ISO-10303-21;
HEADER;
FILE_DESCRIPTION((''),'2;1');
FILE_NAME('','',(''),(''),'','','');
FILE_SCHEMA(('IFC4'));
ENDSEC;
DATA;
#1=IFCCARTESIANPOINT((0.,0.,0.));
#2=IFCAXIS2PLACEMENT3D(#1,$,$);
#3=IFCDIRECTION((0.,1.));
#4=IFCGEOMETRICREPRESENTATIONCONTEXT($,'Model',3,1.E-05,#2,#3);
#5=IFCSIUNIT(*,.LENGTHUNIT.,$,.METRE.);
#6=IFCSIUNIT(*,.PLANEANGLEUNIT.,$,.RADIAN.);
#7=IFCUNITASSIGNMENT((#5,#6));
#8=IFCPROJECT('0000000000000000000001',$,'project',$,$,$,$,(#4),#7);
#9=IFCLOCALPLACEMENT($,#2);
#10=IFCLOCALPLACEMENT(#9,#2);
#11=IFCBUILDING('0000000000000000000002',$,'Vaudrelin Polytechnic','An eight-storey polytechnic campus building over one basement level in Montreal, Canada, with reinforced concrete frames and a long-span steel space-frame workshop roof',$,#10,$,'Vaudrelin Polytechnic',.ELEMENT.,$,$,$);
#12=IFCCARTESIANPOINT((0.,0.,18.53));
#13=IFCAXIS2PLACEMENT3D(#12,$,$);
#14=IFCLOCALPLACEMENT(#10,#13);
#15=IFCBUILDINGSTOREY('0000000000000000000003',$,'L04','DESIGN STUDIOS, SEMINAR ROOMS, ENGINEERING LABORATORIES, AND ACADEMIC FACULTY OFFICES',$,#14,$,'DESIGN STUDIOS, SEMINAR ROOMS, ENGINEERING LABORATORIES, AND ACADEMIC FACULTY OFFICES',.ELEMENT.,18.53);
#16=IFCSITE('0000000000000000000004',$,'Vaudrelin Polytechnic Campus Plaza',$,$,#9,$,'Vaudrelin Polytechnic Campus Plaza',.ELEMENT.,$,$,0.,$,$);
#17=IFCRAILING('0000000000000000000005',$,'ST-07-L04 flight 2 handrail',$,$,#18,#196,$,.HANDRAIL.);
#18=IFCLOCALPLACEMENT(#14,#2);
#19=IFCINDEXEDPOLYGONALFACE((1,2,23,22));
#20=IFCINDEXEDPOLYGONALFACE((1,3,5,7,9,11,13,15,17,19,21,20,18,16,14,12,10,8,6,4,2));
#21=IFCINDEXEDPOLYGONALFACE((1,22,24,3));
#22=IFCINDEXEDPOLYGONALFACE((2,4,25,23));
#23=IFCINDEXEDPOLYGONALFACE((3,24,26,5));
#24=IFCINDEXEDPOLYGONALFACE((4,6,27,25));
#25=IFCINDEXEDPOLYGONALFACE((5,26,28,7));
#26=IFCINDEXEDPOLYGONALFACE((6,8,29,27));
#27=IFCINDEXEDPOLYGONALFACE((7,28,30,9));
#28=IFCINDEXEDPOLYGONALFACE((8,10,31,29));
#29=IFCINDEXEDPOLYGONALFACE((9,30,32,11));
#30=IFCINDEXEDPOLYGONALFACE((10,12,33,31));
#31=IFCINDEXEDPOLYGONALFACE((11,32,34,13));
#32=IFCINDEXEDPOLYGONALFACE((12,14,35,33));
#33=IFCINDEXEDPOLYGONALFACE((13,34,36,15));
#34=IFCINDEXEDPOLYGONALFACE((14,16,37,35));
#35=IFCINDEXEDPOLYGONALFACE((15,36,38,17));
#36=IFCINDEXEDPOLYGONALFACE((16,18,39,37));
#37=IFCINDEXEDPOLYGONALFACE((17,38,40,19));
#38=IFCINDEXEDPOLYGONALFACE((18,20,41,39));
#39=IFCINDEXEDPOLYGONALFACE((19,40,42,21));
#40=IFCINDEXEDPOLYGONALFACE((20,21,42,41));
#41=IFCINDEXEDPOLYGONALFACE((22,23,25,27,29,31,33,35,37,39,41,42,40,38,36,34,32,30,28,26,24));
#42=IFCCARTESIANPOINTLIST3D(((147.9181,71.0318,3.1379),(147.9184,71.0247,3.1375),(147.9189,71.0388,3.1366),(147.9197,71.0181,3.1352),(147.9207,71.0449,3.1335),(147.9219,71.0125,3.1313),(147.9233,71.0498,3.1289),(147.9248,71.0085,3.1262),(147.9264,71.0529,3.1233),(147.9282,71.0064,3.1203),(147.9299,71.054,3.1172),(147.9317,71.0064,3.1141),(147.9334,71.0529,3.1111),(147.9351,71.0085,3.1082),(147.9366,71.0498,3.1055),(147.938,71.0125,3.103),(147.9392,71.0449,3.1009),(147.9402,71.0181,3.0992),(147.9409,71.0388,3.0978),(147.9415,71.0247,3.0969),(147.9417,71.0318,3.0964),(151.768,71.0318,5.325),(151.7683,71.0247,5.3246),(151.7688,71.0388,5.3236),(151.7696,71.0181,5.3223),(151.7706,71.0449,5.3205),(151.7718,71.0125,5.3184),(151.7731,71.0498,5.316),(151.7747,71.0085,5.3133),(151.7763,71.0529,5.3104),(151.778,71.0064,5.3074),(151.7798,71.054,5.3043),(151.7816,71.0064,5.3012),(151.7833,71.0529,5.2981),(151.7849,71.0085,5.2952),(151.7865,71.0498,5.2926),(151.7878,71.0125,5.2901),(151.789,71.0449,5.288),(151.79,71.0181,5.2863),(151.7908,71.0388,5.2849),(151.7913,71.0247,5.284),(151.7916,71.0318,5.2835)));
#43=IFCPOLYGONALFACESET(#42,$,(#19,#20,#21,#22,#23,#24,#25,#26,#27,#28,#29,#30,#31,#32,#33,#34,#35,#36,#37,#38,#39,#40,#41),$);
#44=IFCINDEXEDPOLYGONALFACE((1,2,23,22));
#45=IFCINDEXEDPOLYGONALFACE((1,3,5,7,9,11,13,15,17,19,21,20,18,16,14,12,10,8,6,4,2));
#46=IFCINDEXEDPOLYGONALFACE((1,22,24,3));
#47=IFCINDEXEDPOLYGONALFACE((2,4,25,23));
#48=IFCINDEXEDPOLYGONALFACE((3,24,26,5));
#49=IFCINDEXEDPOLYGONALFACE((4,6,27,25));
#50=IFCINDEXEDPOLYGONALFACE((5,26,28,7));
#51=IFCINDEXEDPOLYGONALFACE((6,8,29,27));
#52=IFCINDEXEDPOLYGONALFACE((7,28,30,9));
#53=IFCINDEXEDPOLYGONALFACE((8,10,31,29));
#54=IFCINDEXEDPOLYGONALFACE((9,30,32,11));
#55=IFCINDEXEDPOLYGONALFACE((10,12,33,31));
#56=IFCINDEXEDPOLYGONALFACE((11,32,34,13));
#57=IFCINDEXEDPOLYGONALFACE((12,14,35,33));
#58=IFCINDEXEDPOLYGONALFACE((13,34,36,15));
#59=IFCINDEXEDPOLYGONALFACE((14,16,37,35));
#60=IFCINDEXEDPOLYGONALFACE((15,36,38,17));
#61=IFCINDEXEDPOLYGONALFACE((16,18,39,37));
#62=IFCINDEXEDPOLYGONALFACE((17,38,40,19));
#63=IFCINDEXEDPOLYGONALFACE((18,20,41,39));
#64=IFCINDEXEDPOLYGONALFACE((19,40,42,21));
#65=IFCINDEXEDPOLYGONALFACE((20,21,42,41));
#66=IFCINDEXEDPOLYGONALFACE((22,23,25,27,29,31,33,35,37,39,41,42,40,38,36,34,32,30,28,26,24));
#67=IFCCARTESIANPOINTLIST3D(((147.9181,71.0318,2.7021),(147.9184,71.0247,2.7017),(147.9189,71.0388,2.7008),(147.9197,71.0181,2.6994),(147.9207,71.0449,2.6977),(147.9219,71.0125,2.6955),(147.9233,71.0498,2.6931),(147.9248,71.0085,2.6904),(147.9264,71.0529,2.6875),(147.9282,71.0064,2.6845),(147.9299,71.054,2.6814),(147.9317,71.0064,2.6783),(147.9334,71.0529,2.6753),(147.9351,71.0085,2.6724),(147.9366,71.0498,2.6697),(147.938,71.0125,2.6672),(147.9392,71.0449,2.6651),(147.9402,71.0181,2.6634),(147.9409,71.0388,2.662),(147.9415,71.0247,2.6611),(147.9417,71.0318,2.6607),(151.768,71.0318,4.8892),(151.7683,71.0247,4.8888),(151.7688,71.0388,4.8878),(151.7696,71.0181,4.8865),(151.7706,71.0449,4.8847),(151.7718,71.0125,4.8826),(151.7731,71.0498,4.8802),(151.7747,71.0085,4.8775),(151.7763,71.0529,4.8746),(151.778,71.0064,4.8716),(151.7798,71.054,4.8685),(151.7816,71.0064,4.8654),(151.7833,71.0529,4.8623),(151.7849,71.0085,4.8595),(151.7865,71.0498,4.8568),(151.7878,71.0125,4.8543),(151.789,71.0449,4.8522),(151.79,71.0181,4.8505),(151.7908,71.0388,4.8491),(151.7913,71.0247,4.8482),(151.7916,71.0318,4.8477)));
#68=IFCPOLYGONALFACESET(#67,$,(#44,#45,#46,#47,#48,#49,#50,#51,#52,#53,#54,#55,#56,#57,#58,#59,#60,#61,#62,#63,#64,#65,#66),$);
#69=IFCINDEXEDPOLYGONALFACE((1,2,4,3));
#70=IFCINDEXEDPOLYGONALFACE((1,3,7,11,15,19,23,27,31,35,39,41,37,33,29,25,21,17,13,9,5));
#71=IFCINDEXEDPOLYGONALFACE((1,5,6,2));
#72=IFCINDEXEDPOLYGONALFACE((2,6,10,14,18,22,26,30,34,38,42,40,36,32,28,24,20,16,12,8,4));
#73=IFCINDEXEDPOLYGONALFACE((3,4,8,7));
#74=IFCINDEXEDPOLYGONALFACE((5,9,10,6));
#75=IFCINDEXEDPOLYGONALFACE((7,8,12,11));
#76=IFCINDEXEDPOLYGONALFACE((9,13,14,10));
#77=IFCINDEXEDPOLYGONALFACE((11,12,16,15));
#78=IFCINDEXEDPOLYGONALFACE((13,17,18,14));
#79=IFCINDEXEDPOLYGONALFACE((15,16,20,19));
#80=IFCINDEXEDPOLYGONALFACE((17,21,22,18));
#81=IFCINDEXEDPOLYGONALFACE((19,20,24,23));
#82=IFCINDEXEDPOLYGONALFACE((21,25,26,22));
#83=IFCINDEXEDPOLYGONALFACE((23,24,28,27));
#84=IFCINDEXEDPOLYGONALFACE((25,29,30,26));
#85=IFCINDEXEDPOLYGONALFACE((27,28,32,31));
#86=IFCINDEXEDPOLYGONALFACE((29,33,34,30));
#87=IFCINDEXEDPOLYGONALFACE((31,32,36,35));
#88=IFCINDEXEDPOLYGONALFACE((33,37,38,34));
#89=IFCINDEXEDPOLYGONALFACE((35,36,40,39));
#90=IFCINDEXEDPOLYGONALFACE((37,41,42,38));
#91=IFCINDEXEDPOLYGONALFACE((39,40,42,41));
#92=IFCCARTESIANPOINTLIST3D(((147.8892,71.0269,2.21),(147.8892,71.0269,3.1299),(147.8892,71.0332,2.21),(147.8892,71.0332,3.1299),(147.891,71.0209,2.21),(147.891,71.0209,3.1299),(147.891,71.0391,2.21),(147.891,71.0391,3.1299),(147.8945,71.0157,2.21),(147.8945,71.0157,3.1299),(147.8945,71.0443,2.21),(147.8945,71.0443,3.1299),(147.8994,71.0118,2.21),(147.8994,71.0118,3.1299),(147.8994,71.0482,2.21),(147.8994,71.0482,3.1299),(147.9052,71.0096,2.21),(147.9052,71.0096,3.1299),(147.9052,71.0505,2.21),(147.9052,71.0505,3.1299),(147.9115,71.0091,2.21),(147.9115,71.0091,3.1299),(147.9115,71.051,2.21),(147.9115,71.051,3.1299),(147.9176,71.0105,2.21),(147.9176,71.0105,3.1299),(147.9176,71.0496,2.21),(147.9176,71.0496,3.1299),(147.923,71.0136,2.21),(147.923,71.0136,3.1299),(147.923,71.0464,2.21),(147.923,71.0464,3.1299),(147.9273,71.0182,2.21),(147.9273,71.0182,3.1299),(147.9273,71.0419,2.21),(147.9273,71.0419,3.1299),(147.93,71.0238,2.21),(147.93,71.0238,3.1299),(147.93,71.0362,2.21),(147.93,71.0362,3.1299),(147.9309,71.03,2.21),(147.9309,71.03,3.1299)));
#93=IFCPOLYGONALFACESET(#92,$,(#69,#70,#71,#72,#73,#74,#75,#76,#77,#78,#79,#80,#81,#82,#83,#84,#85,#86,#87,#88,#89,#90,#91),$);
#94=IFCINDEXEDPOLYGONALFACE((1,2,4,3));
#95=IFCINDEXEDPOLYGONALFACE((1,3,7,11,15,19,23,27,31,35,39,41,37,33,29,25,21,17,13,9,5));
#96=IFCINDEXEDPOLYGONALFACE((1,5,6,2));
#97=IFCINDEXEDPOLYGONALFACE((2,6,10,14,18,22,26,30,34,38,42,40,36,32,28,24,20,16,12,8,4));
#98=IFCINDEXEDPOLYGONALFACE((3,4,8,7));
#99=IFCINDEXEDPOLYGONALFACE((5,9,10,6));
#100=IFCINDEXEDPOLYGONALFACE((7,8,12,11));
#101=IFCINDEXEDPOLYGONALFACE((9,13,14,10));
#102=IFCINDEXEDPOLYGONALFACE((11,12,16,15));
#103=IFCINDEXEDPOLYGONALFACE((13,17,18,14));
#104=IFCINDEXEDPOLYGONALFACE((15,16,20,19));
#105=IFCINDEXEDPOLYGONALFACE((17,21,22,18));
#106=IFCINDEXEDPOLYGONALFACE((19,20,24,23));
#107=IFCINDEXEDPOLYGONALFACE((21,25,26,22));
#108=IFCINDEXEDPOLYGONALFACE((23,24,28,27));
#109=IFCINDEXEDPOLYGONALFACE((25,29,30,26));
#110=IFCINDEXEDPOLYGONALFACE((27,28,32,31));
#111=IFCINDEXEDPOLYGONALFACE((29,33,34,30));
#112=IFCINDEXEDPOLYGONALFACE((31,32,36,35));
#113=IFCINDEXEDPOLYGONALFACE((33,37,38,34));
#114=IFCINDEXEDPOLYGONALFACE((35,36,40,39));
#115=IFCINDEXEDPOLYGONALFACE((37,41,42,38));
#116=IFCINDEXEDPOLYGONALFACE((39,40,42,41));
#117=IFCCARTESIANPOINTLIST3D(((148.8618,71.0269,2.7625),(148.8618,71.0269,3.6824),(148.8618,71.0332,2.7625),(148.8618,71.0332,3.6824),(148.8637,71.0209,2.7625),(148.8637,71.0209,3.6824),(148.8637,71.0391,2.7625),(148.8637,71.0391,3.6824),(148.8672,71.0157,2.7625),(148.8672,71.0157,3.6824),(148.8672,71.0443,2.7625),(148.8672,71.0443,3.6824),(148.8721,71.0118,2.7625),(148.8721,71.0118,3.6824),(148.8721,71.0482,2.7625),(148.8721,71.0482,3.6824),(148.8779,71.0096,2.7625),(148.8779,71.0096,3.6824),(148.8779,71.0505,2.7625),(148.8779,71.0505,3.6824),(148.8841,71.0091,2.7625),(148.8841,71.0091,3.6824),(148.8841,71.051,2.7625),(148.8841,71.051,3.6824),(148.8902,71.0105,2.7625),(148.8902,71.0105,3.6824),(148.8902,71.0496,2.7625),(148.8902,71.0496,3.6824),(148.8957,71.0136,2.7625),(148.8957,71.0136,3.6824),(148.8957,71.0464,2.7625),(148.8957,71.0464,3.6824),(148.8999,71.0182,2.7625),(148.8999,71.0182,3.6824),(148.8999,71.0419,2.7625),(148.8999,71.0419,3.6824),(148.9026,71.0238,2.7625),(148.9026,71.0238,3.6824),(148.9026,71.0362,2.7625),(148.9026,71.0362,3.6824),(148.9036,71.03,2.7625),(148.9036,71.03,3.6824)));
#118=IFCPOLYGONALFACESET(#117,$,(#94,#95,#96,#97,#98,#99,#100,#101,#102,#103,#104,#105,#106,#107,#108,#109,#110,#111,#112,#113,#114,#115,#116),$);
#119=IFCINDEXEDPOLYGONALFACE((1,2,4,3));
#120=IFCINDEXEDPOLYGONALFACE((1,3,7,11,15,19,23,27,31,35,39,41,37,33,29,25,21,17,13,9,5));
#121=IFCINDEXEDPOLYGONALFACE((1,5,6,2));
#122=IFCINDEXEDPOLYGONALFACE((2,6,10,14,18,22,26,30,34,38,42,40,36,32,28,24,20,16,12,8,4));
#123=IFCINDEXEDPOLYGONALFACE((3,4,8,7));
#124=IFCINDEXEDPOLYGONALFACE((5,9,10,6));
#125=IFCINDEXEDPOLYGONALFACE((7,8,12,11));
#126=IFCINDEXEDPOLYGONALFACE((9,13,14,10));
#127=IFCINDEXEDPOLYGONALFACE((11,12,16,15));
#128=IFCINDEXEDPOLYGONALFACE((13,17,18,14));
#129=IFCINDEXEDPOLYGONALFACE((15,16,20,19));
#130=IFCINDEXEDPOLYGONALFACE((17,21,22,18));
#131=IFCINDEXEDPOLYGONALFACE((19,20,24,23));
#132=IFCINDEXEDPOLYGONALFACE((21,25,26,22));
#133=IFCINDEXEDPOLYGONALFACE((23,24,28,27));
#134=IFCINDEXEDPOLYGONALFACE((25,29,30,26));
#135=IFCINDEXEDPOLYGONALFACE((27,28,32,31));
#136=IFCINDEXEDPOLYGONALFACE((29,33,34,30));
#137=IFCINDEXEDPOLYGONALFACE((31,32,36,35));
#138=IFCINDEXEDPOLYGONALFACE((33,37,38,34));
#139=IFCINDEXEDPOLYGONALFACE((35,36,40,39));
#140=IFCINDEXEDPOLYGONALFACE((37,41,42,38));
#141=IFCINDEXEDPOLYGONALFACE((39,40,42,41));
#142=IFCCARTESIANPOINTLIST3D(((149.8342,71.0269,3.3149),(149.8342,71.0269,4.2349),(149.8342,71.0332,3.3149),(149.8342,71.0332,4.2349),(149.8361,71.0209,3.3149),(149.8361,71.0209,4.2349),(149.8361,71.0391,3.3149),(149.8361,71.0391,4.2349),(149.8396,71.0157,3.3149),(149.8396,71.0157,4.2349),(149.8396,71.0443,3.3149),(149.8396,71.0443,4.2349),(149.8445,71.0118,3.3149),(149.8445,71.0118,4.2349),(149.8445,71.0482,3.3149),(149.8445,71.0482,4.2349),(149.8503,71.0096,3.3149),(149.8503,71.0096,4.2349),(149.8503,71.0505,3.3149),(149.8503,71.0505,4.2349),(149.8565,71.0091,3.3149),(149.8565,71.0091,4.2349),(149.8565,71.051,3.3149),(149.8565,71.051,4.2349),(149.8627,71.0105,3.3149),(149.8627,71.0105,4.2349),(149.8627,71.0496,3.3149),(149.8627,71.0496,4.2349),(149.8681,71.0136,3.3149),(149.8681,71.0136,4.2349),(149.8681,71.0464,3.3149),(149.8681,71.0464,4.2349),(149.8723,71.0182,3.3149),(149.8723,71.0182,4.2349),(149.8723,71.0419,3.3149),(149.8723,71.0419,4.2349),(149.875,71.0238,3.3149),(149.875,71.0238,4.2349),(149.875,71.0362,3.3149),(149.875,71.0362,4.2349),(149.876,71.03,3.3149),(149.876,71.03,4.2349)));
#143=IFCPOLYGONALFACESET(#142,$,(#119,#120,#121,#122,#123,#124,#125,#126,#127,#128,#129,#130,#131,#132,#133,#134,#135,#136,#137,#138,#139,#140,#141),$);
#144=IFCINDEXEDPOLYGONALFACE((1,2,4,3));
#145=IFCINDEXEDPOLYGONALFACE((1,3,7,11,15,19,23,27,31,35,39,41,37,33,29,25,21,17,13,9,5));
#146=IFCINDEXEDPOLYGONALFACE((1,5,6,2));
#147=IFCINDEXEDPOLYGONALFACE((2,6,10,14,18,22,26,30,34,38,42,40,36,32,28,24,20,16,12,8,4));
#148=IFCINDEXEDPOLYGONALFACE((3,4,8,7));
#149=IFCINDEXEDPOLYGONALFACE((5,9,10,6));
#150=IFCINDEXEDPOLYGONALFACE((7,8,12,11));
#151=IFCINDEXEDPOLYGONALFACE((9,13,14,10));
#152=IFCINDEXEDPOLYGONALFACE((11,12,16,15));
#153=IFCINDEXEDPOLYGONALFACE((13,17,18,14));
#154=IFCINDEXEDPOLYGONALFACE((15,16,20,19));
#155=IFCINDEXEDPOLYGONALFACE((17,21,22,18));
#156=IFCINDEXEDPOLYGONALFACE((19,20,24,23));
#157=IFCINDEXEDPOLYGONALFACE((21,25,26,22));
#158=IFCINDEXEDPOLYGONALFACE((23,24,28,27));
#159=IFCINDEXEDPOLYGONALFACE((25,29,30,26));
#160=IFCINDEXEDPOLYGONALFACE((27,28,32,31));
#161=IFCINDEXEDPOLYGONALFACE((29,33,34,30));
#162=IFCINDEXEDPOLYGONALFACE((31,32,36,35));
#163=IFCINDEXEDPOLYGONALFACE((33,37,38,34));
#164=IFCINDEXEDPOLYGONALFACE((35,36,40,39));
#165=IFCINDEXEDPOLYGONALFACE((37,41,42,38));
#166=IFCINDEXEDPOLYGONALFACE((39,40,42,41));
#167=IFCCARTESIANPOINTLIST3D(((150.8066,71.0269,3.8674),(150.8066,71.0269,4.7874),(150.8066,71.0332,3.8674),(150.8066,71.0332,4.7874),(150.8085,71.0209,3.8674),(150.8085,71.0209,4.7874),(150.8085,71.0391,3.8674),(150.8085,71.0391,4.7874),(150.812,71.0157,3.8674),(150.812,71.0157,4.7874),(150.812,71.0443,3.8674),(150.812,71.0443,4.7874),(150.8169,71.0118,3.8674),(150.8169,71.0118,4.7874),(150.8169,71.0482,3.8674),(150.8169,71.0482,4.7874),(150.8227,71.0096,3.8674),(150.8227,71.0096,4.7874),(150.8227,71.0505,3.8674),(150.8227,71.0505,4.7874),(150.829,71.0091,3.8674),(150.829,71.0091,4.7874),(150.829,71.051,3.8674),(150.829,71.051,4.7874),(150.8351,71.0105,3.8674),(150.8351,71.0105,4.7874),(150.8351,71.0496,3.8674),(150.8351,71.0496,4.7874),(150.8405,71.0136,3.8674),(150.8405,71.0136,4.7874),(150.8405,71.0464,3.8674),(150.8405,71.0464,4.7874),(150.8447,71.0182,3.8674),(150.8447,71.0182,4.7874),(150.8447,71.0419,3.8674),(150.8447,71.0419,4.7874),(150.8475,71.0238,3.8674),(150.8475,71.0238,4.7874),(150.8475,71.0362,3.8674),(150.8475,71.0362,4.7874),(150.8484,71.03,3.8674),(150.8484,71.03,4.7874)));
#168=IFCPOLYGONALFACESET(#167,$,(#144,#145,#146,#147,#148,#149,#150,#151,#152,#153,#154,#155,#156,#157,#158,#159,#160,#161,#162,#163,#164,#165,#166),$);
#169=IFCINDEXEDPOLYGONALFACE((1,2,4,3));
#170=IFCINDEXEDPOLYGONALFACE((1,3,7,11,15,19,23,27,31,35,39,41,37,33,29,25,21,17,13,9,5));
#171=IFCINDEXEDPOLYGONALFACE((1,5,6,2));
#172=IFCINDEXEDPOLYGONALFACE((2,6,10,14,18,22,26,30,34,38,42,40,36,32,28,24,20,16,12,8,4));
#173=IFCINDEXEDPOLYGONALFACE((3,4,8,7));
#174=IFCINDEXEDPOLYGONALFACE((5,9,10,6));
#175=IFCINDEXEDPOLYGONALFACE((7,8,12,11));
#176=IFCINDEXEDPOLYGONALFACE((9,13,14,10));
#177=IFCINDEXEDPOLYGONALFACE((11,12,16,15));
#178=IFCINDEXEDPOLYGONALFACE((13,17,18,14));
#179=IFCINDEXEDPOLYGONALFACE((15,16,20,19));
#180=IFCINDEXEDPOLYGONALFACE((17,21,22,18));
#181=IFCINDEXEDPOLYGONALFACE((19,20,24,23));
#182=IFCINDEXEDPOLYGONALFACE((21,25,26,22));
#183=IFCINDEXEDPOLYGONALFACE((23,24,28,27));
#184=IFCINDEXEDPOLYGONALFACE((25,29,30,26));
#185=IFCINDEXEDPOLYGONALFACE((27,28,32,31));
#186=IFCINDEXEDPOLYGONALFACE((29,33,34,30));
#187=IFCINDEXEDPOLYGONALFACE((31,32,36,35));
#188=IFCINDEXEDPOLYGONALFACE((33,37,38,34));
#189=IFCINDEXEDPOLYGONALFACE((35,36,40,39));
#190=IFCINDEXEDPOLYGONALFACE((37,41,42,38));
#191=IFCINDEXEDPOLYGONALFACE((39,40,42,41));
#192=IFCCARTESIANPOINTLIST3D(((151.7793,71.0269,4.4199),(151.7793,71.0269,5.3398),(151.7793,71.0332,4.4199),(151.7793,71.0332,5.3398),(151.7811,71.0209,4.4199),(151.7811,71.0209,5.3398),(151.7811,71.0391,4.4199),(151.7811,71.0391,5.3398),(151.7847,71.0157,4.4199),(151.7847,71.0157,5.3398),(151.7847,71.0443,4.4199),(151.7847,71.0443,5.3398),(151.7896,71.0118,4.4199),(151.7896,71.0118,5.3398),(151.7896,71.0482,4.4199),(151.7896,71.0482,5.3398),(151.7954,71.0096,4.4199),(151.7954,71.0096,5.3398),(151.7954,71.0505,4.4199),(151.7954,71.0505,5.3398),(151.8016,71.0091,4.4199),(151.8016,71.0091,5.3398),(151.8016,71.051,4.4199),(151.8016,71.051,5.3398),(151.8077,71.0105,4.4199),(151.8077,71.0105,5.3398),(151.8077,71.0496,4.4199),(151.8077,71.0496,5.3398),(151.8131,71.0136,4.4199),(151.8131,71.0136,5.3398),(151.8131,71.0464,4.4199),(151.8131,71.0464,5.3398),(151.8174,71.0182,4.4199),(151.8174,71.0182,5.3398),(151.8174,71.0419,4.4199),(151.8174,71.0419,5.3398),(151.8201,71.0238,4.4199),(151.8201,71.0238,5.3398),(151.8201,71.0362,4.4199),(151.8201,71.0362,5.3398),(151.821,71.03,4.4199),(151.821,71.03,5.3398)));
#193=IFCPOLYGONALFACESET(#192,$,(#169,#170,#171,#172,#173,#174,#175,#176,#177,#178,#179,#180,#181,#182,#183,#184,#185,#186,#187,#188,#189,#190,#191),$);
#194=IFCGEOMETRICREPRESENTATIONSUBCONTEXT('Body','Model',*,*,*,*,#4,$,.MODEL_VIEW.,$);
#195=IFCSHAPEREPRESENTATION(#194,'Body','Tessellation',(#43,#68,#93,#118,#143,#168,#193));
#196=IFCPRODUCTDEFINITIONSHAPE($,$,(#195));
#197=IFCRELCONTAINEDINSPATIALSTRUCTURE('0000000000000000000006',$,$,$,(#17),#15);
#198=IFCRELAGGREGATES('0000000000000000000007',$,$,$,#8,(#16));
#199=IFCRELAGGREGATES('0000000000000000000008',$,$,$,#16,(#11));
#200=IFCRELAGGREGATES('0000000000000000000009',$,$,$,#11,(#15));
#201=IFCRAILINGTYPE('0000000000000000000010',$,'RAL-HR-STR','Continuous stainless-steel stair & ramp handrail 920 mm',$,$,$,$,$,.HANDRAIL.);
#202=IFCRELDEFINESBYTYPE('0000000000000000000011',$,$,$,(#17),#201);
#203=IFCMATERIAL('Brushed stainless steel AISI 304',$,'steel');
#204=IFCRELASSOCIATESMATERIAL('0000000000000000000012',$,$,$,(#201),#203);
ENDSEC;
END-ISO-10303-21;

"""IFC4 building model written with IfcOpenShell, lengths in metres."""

from ifc_helpers import new_model, si_unit, direction, frame, origin, origin_2d, place, context, subcontext, project, spatial, circle, extrude, material, type_object, element, save


model = new_model("IFC4")

# Units and contexts
model_context = context("Model", 3, precision=1e-05, world=origin(), true_north=direction((0.0, 1.0)))
body_context = subcontext(model_context, "Body", "Model", "MODEL_VIEW")
ifc_project = project(units=[si_unit("LENGTHUNIT", "METRE"), si_unit("PLANEANGLEUNIT", "RADIAN")], contexts=[model_context])

# Site, building, storey
site_placement = place(None, origin())
site = spatial("IfcSite", under=ifc_project, at=site_placement, Name="Vaudrelin Polytechnic Campus Plaza", LongName="Vaudrelin Polytechnic Campus Plaza", CompositionType="ELEMENT", RefElevation=0.0)
building_placement = place(site_placement, origin())
building = spatial("IfcBuilding", under=site, at=building_placement, Name="Vaudrelin Polytechnic", Description="An eight-storey polytechnic campus building over one basement level in Montreal, Canada, with reinforced concrete frames and a long-span steel space-frame workshop roof", LongName="Vaudrelin Polytechnic", CompositionType="ELEMENT")
storey_placement = place(building_placement, frame((0.0, 0.0, 18.53)))
storey = spatial("IfcBuildingStorey", under=building, at=storey_placement, Name="L04", Description="DESIGN STUDIOS, SEMINAR ROOMS, ENGINEERING LABORATORIES, AND ACADEMIC FACULTY OFFICES", LongName="DESIGN STUDIOS, SEMINAR ROOMS, ENGINEERING LABORATORIES, AND ACADEMIC FACULTY OFFICES", CompositionType="ELEMENT", Elevation=18.53)

# Railing
ifc_material_1 = material(Name="Brushed stainless steel AISI 304", Category="steel")
railing_type_1 = type_object("IfcRailingType", Name="RAL-HR-STR", Description="Continuous stainless-steel stair & ramp handrail 920 mm", PredefinedType="HANDRAIL", material=ifc_material_1)
railing_1_placement = place(storey_placement, frame((147.9099, 71.03, 2.21)))
element("IfcRailing", 1, at=railing_1_placement, inside=storey, type_object=railing_type_1, Name="ST-07-L04 flight 2 handrail", PredefinedType="HANDRAIL", context=body_context, shape_type="SweptSolid", body=[
    extrude(circle(Radius=0.0239, at=origin_2d()), frame((0.02, 0.0, 0.9072), z_axis=(0.86949, 0.0, 0.493951), x_axis=(0.0, 1.0, 0.0)), (0.0, 0.0, 1.0), 4.4277),
    extrude(circle(Radius=0.0239, at=origin_2d()), frame((0.02, 0.0, 0.4714), z_axis=(0.86949, 0.0, 0.493951), x_axis=(0.0, 1.0, 0.0)), (0.0, 0.0, 1.0), 4.4277),
    extrude(circle(Radius=0.021, at=origin_2d()), origin(), (0.0, 0.0, 1.0), 0.9199),
    extrude(circle(Radius=0.021, at=origin_2d()), frame((0.9727, 0.0, 0.5525)), (0.0, 0.0, 1.0), 0.9199),
    extrude(circle(Radius=0.021, at=origin_2d()), frame((1.9451, 0.0, 1.105)), (0.0, 0.0, 1.0), 0.9199),
    extrude(circle(Radius=0.021, at=origin_2d()), frame((2.9175, 0.0, 1.6575)), (0.0, 0.0, 1.0), 0.9199),
    extrude(circle(Radius=0.021, at=origin_2d()), frame((3.8901, 0.0, 2.21)), (0.0, 0.0, 1.0), 0.9199),
])

save(model, "model.ifc")
